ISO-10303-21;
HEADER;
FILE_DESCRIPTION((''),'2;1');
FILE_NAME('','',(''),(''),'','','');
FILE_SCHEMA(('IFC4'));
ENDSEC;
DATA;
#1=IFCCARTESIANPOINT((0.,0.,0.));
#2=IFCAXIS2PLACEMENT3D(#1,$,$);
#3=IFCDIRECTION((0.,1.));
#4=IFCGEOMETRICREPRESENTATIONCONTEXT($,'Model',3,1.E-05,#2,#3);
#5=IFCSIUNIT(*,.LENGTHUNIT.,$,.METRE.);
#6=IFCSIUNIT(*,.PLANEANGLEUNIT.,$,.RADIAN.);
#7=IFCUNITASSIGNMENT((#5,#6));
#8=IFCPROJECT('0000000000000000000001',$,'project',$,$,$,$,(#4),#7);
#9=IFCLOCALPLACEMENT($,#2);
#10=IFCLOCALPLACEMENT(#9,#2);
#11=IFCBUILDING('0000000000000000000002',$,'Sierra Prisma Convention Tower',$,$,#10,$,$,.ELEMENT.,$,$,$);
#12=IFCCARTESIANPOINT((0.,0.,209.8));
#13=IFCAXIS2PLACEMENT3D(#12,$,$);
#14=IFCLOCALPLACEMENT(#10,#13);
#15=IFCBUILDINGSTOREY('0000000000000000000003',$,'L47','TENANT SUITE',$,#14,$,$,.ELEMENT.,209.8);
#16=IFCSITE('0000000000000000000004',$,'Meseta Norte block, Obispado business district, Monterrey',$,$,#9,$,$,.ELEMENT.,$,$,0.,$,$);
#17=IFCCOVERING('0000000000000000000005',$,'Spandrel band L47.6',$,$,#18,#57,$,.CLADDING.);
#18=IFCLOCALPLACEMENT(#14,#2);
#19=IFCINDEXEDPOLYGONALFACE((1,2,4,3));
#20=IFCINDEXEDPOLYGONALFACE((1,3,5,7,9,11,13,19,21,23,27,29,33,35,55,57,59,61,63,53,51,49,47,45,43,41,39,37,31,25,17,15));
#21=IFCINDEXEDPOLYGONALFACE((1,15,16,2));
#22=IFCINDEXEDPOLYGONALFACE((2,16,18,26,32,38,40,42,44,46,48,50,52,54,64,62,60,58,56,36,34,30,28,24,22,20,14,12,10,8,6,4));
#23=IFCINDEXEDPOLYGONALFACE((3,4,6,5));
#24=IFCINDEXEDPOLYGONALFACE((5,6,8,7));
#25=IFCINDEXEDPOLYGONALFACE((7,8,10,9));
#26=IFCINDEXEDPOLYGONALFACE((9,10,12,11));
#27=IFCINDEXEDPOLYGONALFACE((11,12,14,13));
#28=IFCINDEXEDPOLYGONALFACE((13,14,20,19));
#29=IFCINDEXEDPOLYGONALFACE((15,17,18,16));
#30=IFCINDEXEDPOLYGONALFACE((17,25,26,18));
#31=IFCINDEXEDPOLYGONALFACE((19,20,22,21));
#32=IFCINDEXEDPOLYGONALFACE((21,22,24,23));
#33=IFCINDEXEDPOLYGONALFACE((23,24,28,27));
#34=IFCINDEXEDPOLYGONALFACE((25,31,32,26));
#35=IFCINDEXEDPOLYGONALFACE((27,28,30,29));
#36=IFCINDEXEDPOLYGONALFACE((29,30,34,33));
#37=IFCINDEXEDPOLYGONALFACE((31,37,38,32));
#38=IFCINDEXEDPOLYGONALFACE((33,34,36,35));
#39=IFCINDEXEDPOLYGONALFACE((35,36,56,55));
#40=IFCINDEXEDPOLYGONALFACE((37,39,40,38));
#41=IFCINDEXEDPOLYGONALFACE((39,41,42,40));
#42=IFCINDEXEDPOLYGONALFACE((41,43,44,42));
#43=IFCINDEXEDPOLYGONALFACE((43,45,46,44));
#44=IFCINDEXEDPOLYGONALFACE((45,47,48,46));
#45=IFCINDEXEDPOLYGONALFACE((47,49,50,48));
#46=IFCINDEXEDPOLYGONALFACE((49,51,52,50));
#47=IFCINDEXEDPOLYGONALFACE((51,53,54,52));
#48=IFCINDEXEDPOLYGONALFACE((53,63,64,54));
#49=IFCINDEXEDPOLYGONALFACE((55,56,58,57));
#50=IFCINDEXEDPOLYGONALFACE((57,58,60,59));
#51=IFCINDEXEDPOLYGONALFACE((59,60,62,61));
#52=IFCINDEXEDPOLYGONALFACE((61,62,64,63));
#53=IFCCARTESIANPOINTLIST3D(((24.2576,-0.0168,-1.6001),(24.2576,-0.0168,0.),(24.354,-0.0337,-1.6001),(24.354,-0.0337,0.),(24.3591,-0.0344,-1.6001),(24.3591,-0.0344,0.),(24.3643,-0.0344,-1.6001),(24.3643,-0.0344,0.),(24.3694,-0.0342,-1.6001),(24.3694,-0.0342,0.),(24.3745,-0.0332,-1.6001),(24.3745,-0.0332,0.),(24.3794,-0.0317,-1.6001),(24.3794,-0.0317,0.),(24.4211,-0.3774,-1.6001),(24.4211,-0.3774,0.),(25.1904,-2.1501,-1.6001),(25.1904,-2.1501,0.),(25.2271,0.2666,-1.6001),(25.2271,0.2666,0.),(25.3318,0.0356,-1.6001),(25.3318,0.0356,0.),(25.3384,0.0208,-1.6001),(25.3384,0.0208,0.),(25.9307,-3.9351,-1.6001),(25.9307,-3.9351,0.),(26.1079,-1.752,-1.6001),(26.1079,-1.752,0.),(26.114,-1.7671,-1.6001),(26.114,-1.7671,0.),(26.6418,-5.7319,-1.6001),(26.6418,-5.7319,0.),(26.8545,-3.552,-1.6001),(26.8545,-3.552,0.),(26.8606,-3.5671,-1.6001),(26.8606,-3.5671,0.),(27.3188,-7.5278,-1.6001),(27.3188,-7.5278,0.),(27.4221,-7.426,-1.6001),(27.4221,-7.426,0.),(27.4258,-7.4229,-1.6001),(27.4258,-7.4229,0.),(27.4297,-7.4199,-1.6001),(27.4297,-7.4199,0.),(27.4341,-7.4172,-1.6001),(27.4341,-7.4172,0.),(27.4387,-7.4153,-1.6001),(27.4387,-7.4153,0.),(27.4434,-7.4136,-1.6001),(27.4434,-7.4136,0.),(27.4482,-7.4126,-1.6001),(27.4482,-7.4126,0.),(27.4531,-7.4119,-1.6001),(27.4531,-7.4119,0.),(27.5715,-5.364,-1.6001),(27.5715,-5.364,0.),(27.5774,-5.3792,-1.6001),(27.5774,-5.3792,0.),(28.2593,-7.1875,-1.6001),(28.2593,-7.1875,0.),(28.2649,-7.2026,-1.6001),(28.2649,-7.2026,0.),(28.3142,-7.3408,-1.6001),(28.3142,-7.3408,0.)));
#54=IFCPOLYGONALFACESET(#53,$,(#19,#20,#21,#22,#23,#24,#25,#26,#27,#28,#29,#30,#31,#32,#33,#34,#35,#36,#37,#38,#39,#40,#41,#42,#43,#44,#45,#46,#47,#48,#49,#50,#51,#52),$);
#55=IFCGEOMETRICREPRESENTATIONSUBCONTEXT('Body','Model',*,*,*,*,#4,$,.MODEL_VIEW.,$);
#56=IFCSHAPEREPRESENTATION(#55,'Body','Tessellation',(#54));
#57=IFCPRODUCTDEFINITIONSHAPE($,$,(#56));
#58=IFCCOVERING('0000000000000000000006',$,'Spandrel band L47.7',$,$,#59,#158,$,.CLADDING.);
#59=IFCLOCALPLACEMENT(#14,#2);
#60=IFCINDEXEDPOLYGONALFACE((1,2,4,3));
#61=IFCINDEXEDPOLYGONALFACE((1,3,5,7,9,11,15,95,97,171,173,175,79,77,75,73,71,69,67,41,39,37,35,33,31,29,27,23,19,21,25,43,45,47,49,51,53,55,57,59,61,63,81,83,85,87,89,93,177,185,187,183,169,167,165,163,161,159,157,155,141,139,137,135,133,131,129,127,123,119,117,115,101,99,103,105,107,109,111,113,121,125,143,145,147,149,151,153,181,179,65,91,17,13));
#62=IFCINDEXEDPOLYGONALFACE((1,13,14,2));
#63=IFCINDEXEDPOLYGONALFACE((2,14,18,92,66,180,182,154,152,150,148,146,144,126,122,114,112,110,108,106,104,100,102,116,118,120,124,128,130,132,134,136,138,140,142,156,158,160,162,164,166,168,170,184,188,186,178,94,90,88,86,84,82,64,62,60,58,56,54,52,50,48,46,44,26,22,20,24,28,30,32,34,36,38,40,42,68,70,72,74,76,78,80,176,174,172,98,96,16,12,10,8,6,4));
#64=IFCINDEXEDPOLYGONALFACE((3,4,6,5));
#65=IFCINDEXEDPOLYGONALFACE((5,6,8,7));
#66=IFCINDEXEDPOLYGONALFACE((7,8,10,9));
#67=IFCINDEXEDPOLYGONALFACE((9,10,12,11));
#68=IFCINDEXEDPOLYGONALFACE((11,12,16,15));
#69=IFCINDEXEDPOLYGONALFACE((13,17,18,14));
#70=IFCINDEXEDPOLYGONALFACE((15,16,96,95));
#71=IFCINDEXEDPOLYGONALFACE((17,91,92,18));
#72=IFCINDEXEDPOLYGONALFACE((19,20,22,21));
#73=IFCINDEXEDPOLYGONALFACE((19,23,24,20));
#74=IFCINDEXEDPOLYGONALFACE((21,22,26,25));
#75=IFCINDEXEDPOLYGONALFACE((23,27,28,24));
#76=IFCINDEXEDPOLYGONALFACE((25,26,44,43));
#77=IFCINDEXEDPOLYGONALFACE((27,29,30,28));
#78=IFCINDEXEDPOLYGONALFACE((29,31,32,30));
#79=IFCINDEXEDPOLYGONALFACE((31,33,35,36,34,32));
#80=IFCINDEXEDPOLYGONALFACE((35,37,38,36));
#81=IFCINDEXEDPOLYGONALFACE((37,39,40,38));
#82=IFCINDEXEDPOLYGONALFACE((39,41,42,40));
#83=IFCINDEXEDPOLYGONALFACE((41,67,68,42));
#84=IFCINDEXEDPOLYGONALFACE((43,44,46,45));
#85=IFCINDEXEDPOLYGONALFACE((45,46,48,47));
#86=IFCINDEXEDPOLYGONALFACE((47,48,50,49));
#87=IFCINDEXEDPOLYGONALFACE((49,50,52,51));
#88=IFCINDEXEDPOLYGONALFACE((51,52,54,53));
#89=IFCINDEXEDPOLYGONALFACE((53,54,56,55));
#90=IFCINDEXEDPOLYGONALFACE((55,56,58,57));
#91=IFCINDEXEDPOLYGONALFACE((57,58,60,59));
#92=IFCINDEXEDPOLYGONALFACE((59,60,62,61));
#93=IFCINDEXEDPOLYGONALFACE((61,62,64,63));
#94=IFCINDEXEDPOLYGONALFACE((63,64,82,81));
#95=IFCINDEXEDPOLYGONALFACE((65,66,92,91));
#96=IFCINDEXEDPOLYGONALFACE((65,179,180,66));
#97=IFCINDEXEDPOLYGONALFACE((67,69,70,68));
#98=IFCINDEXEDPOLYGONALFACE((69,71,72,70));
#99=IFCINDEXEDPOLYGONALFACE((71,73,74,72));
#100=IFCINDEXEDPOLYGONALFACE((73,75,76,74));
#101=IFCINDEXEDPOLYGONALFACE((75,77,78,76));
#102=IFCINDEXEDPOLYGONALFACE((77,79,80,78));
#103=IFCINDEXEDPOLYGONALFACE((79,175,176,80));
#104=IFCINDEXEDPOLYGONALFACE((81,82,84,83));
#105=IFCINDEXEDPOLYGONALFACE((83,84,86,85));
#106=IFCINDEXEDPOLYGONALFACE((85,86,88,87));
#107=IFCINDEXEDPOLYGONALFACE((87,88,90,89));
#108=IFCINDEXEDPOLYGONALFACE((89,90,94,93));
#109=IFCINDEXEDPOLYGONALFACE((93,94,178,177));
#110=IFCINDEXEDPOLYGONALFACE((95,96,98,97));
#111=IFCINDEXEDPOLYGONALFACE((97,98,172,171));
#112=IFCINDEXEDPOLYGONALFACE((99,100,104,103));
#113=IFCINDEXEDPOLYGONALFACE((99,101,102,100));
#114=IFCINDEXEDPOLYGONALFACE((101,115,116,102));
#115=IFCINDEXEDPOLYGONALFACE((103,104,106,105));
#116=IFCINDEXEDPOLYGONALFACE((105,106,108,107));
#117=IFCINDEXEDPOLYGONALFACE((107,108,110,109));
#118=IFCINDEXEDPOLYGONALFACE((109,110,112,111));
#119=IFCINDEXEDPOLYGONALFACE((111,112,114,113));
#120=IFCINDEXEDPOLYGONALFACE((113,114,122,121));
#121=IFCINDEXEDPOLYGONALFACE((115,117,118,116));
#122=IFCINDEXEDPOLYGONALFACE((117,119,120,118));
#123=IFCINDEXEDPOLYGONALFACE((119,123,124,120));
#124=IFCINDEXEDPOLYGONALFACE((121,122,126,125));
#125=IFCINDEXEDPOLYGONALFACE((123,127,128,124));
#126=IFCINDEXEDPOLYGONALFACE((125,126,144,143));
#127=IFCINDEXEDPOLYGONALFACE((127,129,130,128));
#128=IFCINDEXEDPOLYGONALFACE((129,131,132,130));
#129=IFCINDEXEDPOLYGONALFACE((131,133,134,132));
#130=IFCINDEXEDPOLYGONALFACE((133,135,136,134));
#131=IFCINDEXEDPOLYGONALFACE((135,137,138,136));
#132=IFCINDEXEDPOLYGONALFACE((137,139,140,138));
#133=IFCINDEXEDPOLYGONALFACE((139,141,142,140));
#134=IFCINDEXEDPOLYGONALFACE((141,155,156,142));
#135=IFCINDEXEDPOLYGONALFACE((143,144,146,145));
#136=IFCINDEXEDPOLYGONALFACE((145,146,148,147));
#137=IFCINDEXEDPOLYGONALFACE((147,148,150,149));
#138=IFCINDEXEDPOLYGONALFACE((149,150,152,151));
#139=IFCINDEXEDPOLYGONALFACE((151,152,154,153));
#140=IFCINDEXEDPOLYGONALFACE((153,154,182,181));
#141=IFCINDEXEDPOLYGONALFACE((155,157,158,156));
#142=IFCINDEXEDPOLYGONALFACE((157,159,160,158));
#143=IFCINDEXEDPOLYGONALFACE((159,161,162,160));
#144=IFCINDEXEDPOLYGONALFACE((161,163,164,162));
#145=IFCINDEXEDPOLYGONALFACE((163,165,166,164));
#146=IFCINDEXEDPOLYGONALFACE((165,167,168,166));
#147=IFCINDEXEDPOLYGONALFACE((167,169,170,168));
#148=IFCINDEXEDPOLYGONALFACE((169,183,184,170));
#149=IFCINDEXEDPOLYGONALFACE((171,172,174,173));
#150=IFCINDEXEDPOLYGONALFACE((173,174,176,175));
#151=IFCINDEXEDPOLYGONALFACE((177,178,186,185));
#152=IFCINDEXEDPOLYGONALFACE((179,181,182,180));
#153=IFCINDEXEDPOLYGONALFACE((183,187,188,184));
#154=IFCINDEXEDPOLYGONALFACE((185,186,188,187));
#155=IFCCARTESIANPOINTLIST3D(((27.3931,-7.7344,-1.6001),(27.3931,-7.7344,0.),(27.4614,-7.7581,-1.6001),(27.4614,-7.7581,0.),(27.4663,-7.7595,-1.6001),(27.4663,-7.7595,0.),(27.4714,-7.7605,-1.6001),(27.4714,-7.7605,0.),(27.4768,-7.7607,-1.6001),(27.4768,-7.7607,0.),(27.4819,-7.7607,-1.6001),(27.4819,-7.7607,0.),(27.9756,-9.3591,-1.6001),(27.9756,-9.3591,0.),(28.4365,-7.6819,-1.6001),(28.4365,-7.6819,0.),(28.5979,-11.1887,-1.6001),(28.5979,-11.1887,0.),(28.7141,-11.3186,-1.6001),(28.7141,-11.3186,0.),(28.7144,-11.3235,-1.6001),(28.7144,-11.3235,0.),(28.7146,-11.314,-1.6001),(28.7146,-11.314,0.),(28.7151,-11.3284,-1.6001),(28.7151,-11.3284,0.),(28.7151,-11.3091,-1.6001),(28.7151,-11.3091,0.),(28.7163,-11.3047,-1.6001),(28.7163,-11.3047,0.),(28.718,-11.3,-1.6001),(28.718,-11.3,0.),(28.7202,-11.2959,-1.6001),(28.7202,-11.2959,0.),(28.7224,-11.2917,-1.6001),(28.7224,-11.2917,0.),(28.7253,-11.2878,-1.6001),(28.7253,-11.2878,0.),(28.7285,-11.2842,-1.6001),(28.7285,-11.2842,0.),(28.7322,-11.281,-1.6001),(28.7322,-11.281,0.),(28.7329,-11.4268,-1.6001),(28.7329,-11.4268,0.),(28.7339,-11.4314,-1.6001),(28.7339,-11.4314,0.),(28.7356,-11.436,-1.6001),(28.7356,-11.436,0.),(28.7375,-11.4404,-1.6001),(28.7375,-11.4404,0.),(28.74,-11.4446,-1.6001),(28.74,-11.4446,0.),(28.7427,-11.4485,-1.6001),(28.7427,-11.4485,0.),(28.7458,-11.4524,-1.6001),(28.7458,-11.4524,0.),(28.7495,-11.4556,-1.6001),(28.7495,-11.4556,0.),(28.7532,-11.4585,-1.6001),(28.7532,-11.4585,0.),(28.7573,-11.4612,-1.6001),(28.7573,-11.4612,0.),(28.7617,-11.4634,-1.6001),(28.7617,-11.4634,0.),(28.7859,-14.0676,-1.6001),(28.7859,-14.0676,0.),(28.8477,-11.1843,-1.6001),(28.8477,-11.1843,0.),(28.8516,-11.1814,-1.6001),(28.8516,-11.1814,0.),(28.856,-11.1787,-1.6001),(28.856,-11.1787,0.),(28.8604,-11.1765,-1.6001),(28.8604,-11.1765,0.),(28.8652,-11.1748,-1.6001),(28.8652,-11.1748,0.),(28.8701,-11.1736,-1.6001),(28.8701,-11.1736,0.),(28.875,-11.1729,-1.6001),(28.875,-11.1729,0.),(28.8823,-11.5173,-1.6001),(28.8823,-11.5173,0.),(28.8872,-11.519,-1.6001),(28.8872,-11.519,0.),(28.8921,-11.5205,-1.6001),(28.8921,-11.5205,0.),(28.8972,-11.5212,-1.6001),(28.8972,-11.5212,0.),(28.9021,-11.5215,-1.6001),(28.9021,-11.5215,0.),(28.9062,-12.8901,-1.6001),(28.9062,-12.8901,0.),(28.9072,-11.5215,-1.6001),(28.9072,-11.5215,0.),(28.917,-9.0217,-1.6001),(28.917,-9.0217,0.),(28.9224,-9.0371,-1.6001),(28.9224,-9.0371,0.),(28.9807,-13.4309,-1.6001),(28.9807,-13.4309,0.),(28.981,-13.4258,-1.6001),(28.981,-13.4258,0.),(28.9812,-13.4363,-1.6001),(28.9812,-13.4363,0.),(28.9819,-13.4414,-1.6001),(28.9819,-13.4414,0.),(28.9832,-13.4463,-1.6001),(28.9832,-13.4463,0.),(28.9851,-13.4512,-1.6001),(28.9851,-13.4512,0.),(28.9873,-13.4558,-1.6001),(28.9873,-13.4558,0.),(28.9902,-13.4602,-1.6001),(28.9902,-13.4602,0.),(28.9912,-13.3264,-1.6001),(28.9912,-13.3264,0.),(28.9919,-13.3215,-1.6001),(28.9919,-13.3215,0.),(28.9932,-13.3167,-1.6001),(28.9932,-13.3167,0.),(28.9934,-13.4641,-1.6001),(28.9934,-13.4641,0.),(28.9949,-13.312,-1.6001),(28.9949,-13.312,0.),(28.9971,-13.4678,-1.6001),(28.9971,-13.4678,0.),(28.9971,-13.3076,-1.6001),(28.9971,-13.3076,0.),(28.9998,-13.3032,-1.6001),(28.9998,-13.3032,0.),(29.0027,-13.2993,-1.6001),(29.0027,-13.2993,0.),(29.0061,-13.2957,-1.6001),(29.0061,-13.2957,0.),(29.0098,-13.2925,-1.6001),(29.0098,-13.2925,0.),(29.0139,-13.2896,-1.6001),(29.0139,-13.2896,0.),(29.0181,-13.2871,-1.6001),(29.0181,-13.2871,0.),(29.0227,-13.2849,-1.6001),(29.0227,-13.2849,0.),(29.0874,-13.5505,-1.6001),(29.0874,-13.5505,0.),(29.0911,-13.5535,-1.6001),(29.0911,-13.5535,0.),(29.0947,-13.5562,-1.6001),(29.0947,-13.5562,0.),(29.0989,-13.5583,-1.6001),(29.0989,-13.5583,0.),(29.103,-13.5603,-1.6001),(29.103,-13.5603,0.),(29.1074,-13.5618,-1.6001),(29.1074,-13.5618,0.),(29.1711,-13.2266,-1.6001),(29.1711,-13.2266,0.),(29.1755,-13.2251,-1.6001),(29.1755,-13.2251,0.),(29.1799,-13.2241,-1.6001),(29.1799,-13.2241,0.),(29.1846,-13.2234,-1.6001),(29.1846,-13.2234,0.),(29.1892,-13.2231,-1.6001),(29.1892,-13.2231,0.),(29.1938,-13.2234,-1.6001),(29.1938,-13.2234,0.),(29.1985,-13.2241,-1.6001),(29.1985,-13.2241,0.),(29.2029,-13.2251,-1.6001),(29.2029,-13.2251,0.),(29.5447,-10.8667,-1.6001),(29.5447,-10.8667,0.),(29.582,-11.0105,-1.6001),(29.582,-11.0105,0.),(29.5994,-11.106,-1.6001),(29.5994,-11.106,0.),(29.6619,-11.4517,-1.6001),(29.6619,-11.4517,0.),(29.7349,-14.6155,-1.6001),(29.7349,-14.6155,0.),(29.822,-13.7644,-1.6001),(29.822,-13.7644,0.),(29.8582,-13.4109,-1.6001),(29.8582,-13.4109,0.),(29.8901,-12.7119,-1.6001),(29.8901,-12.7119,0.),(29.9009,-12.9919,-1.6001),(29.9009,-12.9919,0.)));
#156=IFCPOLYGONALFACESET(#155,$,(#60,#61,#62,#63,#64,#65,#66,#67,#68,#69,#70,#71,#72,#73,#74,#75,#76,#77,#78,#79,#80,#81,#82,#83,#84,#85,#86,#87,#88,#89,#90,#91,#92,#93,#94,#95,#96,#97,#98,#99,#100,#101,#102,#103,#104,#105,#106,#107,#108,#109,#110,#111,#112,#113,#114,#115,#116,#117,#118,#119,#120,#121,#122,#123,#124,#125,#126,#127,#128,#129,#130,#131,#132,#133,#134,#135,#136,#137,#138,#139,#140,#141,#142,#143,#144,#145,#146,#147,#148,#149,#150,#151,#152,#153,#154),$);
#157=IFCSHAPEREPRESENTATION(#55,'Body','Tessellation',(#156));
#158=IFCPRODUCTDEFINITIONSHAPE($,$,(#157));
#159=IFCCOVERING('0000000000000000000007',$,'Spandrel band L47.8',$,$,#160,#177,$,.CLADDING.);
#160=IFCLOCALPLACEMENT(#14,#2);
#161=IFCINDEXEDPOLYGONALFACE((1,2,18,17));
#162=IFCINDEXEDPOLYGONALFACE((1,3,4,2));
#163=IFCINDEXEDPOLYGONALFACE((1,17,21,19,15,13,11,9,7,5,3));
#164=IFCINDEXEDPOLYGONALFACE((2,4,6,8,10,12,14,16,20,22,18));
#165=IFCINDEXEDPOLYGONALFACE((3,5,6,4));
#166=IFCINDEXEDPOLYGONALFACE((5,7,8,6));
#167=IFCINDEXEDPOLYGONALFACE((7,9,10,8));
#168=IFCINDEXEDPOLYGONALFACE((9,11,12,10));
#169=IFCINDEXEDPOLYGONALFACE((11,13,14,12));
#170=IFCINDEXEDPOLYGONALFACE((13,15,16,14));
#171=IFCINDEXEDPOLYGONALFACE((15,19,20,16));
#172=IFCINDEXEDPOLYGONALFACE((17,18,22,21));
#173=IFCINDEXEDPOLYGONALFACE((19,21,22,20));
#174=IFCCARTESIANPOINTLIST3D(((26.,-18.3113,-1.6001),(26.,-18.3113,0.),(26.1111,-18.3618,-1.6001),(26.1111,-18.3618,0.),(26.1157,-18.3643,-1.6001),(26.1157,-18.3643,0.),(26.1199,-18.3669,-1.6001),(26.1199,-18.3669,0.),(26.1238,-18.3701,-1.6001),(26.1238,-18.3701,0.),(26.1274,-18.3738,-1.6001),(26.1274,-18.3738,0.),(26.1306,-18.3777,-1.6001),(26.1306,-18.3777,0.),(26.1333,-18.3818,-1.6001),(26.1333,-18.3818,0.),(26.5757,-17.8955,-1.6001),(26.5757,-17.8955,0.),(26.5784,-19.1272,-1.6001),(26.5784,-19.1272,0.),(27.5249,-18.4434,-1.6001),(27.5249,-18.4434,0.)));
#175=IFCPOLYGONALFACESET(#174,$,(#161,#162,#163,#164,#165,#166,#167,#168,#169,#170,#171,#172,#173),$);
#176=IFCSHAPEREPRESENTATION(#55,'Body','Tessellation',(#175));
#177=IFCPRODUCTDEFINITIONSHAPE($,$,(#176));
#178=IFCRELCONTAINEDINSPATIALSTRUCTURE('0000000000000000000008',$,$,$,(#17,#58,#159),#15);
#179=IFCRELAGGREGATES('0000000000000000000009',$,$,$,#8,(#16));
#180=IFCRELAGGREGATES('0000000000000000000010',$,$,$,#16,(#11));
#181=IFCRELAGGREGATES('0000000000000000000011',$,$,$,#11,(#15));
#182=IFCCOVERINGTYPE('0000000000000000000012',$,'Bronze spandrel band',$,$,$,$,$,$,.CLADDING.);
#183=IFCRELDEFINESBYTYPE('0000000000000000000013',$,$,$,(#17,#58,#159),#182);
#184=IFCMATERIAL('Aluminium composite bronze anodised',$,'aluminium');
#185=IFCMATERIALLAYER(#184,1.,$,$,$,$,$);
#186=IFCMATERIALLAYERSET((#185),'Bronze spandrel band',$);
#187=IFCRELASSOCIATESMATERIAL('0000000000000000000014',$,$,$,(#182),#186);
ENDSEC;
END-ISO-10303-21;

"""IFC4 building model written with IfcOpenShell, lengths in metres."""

from ifc_helpers import new_model, si_unit, direction, frame, origin, place, context, subcontext, project, spatial, polyline, outline, extrude, material, layer, layer_set, type_object, element, save


model = new_model("IFC4")

# Units and contexts
model_context = context("Model", 3, precision=1e-05, world=origin(), true_north=direction((0.0, 1.0)))
body_context = subcontext(model_context, "Body", "Model", "MODEL_VIEW")
ifc_project = project(units=[si_unit("LENGTHUNIT", "METRE"), si_unit("PLANEANGLEUNIT", "RADIAN")], contexts=[model_context])

# Site, building, storey
site_placement = place(None, origin())
site = spatial("IfcSite", under=ifc_project, at=site_placement, Name="Meseta Norte block, Obispado business district, Monterrey", CompositionType="ELEMENT", RefElevation=0.0)
building_placement = place(site_placement, origin())
building = spatial("IfcBuilding", under=site, at=building_placement, Name="Sierra Prisma Convention Tower", CompositionType="ELEMENT")
storey_placement = place(building_placement, frame((0.0, 0.0, 209.8)))
storey = spatial("IfcBuildingStorey", under=building, at=storey_placement, Name="L47", Description="TENANT SUITE", CompositionType="ELEMENT", Elevation=209.8)

# Coverings
ifc_material_1 = material(Name="Aluminium composite bronze anodised", Category="aluminium")
ifc_layer_1 = layer(ifc_material_1, 1.0)
ifc_layer_set_1 = layer_set([ifc_layer_1], Name="Bronze spandrel band")
covering_type_1 = type_object("IfcCoveringType", Name="Bronze spandrel band", PredefinedType="CLADDING", material=ifc_layer_set_1)
covering_1_placement = place(storey_placement, frame((0.0, 0.0, -1.6001)))
element("IfcCovering", 1, at=covering_1_placement, inside=storey, type_object=covering_type_1, Name="Spandrel band L47.6", PredefinedType="CLADDING", context=body_context, shape_type="SweptSolid", body=[
    extrude(outline(polyline([(27.4434, -7.4136), (27.4387, -7.4153), (27.4341, -7.4172), (27.4297, -7.4199), (27.4258, -7.4229), (27.4221, -7.426), (27.3188, -7.5278), (26.6418, -5.7319), (25.9307, -3.9351), (25.1904, -2.1501), (24.4211, -0.3774), (24.2576, -0.0168), (24.354, -0.0337), (24.3591, -0.0344), (24.3643, -0.0344), (24.3694, -0.0342), (24.3745, -0.0332), (24.3794, -0.0317), (25.2271, 0.2666), (25.3318, 0.0356), (25.3384, 0.0208), (26.1079, -1.752), (26.114, -1.7671), (26.8545, -3.552), (26.8606, -3.5671), (27.5715, -5.364), (27.5774, -5.3792), (28.2593, -7.1875), (28.2649, -7.2026), (28.3142, -7.3408), (27.4531, -7.4119), (27.4482, -7.4126), (27.4434, -7.4136)])), origin(), (0.0, 0.0, 1.0), 1.6001),
])
covering_2_placement = place(storey_placement, frame((0.0, 0.0, -1.6001)))
element("IfcCovering", 2, at=covering_2_placement, inside=storey, type_object=covering_type_1, Name="Spandrel band L47.7", PredefinedType="CLADDING", context=body_context, shape_type="SweptSolid", body=[
    extrude(outline(polyline([(28.7253, -11.2878), (28.7224, -11.2917), (28.7202, -11.2959), (28.718, -11.3), (28.7163, -11.3047), (28.7151, -11.3091), (28.7146, -11.314), (28.7141, -11.3186), (28.7144, -11.3235), (28.7151, -11.3284), (28.7329, -11.4268), (28.7339, -11.4314), (28.7356, -11.436), (28.7375, -11.4404), (28.74, -11.4446), (28.7427, -11.4485), (28.7458, -11.4524), (28.7495, -11.4556), (28.7532, -11.4585), (28.7573, -11.4612), (28.7617, -11.4634), (28.8823, -11.5173), (28.8872, -11.519), (28.8921, -11.5205), (28.8972, -11.5212), (28.9021, -11.5215), (28.9072, -11.5215), (29.6619, -11.4517), (29.8901, -12.7119), (29.9009, -12.9919), (29.8582, -13.4109), (29.2029, -13.2251), (29.1985, -13.2241), (29.1938, -13.2234), (29.1892, -13.2231), (29.1846, -13.2234), (29.1799, -13.2241), (29.1755, -13.2251), (29.1711, -13.2266), (29.0227, -13.2849), (29.0181, -13.2871), (29.0139, -13.2896), (29.0098, -13.2925), (29.0061, -13.2957), (29.0027, -13.2993), (28.9998, -13.3032), (28.9971, -13.3076), (28.9949, -13.312), (28.9932, -13.3167), (28.9919, -13.3215), (28.9912, -13.3264), (28.981, -13.4258), (28.9807, -13.4309), (28.9812, -13.4363), (28.9819, -13.4414), (28.9832, -13.4463), (28.9851, -13.4512), (28.9873, -13.4558), (28.9902, -13.4602), (28.9934, -13.4641), (28.9971, -13.4678), (29.0874, -13.5505), (29.0911, -13.5535), (29.0947, -13.5562), (29.0989, -13.5583), (29.103, -13.5603), (29.1074, -13.5618), (29.822, -13.7644), (29.7349, -14.6155), (28.7859, -14.0676), (28.9062, -12.8901), (28.5979, -11.1887), (27.9756, -9.3591), (27.3931, -7.7344), (27.4614, -7.7581), (27.4663, -7.7595), (27.4714, -7.7605), (27.4768, -7.7607), (27.4819, -7.7607), (28.4365, -7.6819), (28.917, -9.0217), (28.9224, -9.0371), (29.5447, -10.8667), (29.582, -11.0105), (29.5994, -11.106), (28.875, -11.1729), (28.8701, -11.1736), (28.8652, -11.1748), (28.8604, -11.1765), (28.856, -11.1787), (28.8516, -11.1814), (28.8477, -11.1843), (28.7322, -11.281), (28.7285, -11.2842), (28.7253, -11.2878)])), origin(), (0.0, 0.0, 1.0), 1.6001),
])
covering_3_placement = place(storey_placement, frame((0.0, 0.0, -1.6001)))
element("IfcCovering", 3, at=covering_3_placement, inside=storey, type_object=covering_type_1, Name="Spandrel band L47.8", PredefinedType="CLADDING", context=body_context, shape_type="SweptSolid", body=[
    extrude(outline(polyline([(26.1274, -18.3738), (26.1238, -18.3701), (26.1199, -18.3669), (26.1157, -18.3643), (26.1111, -18.3618), (26.0, -18.3113), (26.5757, -17.8955), (27.5249, -18.4434), (26.5784, -19.1272), (26.1333, -18.3818), (26.1306, -18.3777), (26.1274, -18.3738)])), origin(), (0.0, 0.0, 1.0), 1.6001),
])

save(model, "model.ifc")
